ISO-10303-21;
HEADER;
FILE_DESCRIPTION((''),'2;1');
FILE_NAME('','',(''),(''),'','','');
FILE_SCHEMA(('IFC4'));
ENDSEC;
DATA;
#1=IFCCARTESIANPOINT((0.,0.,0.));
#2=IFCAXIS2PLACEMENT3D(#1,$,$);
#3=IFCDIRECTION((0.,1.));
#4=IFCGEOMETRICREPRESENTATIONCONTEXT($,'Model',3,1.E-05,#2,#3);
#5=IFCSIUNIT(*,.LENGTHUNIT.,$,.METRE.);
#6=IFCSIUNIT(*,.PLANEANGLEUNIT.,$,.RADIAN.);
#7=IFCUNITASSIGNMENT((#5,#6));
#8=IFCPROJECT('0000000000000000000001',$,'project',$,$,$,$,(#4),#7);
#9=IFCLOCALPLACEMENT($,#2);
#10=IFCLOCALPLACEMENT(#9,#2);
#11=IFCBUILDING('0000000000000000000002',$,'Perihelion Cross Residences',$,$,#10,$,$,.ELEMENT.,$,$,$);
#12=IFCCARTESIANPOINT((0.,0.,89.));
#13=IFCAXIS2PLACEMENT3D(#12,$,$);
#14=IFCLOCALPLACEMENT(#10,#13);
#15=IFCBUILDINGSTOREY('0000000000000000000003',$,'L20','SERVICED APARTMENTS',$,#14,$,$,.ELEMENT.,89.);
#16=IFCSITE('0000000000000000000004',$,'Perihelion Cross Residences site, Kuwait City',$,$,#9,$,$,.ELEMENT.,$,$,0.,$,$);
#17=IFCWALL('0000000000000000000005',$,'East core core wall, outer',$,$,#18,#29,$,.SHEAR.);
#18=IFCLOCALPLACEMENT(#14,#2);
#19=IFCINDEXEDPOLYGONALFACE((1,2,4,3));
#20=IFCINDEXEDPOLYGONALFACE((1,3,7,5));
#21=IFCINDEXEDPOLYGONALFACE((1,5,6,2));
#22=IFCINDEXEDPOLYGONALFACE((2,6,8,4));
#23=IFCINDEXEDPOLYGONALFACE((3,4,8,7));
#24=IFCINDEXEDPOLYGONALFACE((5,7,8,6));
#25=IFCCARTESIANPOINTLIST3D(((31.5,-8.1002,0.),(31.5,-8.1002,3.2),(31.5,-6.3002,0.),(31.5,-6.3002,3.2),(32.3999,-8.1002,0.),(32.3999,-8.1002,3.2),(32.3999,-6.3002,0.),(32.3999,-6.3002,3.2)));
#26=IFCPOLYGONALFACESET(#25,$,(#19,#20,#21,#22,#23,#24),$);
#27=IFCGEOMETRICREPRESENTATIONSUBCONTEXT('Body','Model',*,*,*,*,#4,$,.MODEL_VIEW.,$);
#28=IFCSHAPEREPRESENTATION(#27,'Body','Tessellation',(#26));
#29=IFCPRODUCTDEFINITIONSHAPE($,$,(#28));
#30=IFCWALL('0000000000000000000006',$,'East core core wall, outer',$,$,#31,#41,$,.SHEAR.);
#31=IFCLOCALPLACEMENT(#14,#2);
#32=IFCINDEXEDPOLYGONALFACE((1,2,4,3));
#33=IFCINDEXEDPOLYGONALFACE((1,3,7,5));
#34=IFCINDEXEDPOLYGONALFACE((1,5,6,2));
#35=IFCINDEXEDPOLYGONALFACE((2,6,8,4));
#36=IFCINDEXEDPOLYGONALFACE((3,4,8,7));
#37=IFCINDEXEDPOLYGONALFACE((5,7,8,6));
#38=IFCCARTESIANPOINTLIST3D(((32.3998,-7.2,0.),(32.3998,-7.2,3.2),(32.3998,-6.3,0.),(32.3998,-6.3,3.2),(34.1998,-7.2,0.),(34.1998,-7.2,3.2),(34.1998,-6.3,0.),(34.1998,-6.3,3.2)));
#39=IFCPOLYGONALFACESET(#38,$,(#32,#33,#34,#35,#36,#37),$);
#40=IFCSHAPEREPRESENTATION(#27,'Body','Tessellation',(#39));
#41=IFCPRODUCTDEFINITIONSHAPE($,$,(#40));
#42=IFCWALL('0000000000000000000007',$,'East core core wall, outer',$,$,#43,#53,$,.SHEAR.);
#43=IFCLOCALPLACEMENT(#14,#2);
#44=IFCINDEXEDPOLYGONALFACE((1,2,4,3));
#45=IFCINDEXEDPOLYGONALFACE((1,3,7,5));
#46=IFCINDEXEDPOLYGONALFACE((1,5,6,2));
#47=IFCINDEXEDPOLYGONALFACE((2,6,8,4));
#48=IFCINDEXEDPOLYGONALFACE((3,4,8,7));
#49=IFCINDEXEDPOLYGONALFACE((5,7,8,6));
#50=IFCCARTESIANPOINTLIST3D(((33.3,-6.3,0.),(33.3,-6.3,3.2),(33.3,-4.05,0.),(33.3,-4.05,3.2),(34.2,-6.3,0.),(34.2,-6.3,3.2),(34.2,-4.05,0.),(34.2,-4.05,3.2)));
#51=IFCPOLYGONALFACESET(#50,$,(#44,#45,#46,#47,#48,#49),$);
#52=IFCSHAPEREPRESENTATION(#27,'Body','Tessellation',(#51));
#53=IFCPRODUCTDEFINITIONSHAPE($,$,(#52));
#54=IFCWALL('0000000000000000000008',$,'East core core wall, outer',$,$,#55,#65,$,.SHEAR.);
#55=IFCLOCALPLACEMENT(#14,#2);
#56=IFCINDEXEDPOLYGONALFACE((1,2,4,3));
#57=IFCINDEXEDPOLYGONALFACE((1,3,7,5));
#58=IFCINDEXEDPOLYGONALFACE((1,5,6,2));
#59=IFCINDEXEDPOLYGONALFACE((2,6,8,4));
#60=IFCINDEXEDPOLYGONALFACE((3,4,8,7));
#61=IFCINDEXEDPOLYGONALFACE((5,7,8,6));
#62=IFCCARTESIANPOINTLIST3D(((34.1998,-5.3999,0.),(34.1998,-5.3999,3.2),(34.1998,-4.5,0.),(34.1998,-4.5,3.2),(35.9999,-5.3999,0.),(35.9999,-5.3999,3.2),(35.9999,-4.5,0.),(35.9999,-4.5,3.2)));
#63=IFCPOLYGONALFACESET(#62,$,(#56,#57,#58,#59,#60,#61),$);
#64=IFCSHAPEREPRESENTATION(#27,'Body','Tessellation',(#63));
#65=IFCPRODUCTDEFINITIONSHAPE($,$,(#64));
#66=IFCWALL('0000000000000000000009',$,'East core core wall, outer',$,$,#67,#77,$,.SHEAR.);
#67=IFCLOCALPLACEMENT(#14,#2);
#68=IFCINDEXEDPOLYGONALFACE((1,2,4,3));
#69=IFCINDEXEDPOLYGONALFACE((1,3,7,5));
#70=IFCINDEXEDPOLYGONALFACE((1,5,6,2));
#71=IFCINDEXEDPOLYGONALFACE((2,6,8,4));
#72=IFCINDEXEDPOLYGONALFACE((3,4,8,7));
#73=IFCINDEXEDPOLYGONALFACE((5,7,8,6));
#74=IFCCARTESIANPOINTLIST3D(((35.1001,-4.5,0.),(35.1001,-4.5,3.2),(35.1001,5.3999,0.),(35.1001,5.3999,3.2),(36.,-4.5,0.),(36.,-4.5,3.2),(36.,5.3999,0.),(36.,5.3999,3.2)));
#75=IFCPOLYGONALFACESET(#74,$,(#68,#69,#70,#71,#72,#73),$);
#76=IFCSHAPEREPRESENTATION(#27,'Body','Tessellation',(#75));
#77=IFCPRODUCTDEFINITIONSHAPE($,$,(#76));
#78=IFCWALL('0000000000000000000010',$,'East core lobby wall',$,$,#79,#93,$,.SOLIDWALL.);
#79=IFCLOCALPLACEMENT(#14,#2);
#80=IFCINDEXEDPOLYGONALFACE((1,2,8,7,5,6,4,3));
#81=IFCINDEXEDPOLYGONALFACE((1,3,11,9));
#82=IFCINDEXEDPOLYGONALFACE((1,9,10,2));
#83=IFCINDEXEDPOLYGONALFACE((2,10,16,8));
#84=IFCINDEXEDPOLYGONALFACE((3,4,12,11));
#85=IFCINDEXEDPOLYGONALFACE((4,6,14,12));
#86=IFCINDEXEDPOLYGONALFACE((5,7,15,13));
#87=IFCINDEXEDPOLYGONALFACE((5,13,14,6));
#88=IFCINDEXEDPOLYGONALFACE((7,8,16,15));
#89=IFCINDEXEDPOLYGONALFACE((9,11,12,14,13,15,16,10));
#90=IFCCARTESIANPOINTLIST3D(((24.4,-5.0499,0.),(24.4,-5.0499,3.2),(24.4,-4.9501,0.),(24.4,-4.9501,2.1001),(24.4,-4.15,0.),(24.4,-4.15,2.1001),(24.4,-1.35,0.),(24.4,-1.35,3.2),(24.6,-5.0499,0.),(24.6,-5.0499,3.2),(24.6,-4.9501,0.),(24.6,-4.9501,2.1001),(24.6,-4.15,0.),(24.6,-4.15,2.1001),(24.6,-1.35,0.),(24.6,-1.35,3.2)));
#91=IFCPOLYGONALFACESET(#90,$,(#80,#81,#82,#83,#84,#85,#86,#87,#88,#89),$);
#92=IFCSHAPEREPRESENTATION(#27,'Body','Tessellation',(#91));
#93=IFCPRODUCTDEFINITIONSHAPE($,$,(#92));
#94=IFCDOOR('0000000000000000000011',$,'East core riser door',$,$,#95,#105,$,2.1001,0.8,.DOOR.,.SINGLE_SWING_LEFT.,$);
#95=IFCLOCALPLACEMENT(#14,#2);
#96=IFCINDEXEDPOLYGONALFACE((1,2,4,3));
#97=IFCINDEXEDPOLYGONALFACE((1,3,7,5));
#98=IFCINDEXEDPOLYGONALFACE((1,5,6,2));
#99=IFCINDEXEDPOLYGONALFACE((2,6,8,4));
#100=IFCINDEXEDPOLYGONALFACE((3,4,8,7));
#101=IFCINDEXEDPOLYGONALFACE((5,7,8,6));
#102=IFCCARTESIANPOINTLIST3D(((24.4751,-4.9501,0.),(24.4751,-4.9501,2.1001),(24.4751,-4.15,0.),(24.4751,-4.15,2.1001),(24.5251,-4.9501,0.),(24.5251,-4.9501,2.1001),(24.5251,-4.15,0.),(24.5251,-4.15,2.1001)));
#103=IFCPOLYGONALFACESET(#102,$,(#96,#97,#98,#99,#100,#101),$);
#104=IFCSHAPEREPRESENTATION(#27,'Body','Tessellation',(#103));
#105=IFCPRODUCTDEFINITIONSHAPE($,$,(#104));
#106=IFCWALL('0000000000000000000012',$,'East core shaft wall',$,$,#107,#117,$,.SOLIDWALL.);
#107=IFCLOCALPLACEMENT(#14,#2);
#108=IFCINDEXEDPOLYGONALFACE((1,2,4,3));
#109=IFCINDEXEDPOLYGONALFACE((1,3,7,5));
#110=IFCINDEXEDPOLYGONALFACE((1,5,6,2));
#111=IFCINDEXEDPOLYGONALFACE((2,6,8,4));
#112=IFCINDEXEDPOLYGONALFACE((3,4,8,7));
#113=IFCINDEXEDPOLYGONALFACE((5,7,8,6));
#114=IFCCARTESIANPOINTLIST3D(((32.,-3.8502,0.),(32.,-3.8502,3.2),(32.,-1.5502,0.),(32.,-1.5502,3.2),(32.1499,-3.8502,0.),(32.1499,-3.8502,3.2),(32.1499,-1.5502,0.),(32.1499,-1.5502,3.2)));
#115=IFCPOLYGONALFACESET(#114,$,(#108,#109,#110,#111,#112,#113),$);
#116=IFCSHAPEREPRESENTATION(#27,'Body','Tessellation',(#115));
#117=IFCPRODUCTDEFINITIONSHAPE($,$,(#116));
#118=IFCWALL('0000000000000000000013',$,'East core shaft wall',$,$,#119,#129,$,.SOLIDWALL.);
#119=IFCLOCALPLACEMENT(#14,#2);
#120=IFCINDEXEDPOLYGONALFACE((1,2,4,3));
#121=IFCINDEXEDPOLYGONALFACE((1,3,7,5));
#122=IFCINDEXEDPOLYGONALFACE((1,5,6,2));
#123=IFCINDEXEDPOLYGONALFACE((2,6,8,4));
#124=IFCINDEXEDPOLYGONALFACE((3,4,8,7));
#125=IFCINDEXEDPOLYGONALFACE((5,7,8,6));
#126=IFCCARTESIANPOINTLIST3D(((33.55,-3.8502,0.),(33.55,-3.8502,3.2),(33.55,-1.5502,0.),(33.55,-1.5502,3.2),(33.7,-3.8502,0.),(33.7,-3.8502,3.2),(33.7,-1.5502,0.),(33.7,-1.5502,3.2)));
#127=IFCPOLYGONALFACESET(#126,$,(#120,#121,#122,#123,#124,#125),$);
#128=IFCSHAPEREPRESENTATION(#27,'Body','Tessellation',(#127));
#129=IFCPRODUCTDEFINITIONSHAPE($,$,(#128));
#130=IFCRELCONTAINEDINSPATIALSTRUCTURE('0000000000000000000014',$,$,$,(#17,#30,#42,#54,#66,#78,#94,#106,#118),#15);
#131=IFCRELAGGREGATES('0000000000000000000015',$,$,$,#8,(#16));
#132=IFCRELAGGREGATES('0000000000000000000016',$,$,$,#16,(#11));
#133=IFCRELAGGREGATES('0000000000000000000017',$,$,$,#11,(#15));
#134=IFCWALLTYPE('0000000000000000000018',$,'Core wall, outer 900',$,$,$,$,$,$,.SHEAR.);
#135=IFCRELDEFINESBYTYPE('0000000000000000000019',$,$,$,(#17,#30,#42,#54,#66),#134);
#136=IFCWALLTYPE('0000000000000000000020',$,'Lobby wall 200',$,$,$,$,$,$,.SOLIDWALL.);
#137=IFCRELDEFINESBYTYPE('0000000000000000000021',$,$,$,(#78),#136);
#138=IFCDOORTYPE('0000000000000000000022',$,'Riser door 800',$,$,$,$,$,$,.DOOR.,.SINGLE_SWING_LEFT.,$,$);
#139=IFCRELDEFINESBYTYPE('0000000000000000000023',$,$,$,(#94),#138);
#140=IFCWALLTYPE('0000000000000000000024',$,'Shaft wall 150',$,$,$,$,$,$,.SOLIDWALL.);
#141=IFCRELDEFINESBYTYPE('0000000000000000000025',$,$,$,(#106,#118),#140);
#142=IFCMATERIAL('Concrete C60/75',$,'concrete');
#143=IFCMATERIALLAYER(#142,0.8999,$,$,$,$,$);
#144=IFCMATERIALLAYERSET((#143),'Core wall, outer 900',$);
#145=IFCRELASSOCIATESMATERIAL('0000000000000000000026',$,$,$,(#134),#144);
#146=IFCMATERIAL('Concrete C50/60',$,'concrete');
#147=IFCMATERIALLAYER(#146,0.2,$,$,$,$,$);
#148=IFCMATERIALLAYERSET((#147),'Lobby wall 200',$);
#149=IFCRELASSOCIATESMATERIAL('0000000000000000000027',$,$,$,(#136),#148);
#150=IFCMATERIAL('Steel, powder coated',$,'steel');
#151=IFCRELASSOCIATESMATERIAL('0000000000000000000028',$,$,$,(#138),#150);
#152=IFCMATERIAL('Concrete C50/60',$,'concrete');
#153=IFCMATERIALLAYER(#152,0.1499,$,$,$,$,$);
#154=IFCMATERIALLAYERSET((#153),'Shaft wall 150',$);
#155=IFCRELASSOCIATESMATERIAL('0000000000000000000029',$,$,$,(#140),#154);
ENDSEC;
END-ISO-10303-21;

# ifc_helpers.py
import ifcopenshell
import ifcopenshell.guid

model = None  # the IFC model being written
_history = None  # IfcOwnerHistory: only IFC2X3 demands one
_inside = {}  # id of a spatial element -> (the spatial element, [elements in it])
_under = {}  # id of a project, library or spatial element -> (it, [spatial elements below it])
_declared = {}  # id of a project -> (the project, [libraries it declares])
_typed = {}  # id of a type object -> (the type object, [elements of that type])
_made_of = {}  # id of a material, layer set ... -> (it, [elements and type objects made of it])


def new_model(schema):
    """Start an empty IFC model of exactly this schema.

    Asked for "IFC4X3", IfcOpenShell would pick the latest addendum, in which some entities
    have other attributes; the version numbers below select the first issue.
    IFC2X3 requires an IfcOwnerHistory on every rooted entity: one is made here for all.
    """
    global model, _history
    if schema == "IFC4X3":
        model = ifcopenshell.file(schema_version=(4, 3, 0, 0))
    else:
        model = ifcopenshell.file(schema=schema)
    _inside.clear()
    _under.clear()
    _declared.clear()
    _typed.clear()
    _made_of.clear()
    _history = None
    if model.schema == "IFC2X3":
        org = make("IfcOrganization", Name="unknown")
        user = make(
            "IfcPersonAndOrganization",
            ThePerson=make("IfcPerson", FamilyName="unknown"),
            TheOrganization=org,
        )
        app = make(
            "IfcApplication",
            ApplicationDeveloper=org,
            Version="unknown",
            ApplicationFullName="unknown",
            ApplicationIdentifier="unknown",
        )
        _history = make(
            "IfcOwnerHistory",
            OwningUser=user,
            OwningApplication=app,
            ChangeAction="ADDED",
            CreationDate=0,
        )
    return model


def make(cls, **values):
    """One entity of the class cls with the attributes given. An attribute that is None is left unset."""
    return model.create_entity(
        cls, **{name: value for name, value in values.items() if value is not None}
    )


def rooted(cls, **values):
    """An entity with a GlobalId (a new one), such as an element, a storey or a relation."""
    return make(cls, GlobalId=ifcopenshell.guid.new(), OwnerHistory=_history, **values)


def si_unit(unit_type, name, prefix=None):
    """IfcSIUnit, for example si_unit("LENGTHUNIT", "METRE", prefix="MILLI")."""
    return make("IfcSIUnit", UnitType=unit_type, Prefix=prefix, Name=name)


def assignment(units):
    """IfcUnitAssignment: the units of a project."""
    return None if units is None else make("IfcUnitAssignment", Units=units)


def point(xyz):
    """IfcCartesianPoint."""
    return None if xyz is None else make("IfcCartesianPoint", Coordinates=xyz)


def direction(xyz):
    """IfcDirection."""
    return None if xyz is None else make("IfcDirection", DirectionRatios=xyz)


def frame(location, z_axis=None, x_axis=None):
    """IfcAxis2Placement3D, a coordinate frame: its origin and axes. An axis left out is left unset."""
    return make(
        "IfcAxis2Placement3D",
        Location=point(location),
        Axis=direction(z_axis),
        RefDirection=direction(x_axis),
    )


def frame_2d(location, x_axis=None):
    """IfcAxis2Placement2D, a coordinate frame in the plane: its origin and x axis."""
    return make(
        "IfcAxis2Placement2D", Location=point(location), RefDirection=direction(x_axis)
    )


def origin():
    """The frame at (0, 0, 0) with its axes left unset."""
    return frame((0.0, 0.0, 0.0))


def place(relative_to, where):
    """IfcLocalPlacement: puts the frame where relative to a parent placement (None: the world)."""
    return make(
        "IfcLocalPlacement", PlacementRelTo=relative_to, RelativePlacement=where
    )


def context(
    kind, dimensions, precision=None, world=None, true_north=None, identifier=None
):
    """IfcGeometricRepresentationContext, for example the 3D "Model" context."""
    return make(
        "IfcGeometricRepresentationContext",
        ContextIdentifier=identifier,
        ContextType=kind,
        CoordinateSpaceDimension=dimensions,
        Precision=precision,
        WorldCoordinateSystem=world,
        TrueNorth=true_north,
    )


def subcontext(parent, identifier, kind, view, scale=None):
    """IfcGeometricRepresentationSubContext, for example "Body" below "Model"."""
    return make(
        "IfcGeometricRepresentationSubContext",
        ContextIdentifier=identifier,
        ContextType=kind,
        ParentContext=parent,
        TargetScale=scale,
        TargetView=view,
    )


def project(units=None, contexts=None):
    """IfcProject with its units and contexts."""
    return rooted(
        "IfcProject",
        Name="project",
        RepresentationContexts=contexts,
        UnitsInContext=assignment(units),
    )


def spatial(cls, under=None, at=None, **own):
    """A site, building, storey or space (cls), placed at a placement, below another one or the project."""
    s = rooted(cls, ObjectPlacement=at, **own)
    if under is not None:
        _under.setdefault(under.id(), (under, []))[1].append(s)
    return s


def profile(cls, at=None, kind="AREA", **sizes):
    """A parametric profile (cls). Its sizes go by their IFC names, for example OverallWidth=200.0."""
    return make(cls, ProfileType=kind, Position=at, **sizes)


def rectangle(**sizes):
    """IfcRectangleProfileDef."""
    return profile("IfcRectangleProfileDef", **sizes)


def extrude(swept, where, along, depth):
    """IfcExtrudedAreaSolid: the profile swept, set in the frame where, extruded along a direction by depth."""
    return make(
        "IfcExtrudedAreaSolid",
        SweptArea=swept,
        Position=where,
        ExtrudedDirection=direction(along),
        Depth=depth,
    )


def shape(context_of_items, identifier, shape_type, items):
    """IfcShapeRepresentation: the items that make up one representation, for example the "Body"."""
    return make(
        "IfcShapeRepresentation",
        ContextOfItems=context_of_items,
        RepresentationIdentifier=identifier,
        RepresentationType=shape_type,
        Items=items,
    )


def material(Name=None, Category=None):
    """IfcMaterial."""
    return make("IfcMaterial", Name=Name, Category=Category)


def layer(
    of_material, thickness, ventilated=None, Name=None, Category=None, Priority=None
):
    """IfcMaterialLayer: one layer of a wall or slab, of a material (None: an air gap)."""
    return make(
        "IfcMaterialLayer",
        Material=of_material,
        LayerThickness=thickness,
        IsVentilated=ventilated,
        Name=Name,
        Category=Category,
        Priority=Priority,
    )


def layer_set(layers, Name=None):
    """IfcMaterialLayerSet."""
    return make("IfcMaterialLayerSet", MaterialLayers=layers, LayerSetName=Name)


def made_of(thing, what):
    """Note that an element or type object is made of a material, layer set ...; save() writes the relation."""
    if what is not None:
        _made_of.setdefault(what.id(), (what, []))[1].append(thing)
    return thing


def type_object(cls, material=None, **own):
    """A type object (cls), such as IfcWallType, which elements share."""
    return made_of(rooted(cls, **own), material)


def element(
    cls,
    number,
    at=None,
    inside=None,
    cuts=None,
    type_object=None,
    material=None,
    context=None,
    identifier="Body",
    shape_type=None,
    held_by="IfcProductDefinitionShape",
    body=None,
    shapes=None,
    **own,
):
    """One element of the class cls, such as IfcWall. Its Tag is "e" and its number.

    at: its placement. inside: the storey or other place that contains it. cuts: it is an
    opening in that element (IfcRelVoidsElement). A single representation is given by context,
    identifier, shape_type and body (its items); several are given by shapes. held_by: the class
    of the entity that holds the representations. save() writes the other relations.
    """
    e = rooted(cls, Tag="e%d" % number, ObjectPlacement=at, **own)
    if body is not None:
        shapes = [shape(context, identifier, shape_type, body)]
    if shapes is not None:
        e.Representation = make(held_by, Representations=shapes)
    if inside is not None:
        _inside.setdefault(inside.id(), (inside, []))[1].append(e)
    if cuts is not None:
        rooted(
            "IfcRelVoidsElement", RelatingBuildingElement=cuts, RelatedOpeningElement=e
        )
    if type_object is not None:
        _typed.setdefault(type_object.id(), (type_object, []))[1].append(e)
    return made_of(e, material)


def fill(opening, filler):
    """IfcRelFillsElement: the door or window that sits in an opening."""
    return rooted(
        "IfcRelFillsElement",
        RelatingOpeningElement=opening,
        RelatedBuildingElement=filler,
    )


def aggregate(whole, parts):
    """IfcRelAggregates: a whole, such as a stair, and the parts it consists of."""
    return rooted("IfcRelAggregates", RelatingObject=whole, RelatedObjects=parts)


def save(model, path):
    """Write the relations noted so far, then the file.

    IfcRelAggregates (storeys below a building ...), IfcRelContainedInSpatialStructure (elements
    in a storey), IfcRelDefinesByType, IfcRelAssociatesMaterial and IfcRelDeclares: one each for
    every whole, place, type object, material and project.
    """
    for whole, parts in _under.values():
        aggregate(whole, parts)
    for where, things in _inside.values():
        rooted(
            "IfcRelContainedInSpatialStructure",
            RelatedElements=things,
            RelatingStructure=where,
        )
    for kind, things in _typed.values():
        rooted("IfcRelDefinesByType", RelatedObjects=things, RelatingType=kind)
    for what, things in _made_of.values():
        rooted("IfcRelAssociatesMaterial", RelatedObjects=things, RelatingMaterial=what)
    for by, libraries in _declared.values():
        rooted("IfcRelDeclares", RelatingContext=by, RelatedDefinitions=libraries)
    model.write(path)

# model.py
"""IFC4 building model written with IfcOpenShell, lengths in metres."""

from ifc_helpers import new_model, si_unit, direction, frame, frame_2d, origin, place, context, subcontext, project, spatial, rectangle, extrude, material, layer, layer_set, type_object, element, fill, save


model = new_model("IFC4")

# Units and contexts
model_context = context("Model", 3, precision=1e-05, world=origin(), true_north=direction((0.0, 1.0)))
body_context = subcontext(model_context, "Body", "Model", "MODEL_VIEW")
ifc_project = project(units=[si_unit("LENGTHUNIT", "METRE"), si_unit("PLANEANGLEUNIT", "RADIAN")], contexts=[model_context])

# Site, building, storey
site_placement = place(None, origin())
site = spatial("IfcSite", under=ifc_project, at=site_placement, Name="Perihelion Cross Residences site, Kuwait City", CompositionType="ELEMENT", RefElevation=0.0)
building_placement = place(site_placement, origin())
building = spatial("IfcBuilding", under=site, at=building_placement, Name="Perihelion Cross Residences", CompositionType="ELEMENT")
storey_placement = place(building_placement, frame((0.0, 0.0, 89.0)))
storey = spatial("IfcBuildingStorey", under=building, at=storey_placement, Name="L20", Description="SERVICED APARTMENTS", CompositionType="ELEMENT", Elevation=89.0)

# Walls
ifc_material_1 = material(Name="Concrete C60/75", Category="concrete")
ifc_layer_1 = layer(ifc_material_1, 0.8999)
ifc_layer_set_1 = layer_set([ifc_layer_1], Name="Core wall, outer 900")
wall_type_1 = type_object("IfcWallType", Name="Core wall, outer 900", PredefinedType="SHEAR", material=ifc_layer_set_1)
for number, where, z_axis, x_axis, name in (
    (1, (31.95, -8.1001, 0.0), (0.0, 0.0, 1.0), (0.0, 1.0, 0.0), "East core core wall, outer"),
    (2, (32.3999, -6.75, 0.0), (0.0, 0.0, 1.0), (1.0, 0.0, 0.0), "East core core wall, outer"),
):
    element("IfcWall", number, at=place(storey_placement, frame(where, z_axis=z_axis, x_axis=x_axis)), inside=storey, type_object=wall_type_1, Name=name, PredefinedType="SHEAR", context=body_context, shape_type="SweptSolid", body=[
        extrude(rectangle(XDim=1.8, YDim=0.8999, at=frame_2d((0.8999, 0.0))), origin(), (0.0, 0.0, 1.0), 3.2),
    ])
wall_1_placement = place(storey_placement, frame((33.75, -6.3, 0.0), z_axis=(0.0, 0.0, 1.0), x_axis=(0.0, 1.0, 0.0)))
element("IfcWall", 3, at=wall_1_placement, inside=storey, type_object=wall_type_1, Name="East core core wall, outer", PredefinedType="SHEAR", context=body_context, shape_type="SweptSolid", body=[
    extrude(rectangle(XDim=2.25, YDim=0.8999, at=frame_2d((1.125, 0.0))), origin(), (0.0, 0.0, 1.0), 3.2),
])
wall_2_placement = place(storey_placement, frame((34.2, -4.95, 0.0), z_axis=(0.0, 0.0, 1.0), x_axis=(1.0, 0.0, 0.0)))
element("IfcWall", 4, at=wall_2_placement, inside=storey, type_object=wall_type_1, Name="East core core wall, outer", PredefinedType="SHEAR", context=body_context, shape_type="SweptSolid", body=[
    extrude(rectangle(XDim=1.8, YDim=0.8999, at=frame_2d((0.8999, 0.0))), origin(), (0.0, 0.0, 1.0), 3.2),
])
wall_3_placement = place(storey_placement, frame((35.55, -4.5, 0.0), z_axis=(0.0, 0.0, 1.0), x_axis=(0.0, 1.0, 0.0)))
element("IfcWall", 5, at=wall_3_placement, inside=storey, type_object=wall_type_1, Name="East core core wall, outer", PredefinedType="SHEAR", context=body_context, shape_type="SweptSolid", body=[
    extrude(rectangle(XDim=9.8999, YDim=0.8999, at=frame_2d((4.95, 0.0))), origin(), (0.0, 0.0, 1.0), 3.2),
])

# Wall, opening, door
ifc_material_2 = material(Name="Concrete C50/60", Category="concrete")
ifc_layer_2 = layer(ifc_material_2, 0.2)
ifc_layer_set_2 = layer_set([ifc_layer_2], Name="Lobby wall 200")
wall_type_2 = type_object("IfcWallType", Name="Lobby wall 200", PredefinedType="SOLIDWALL", material=ifc_layer_set_2)
wall_4_placement = place(storey_placement, frame((24.5, -5.05, 0.0), z_axis=(0.0, 0.0, 1.0), x_axis=(0.0, 1.0, 0.0)))
wall_4 = element("IfcWall", 6, at=wall_4_placement, inside=storey, type_object=wall_type_2, Name="East core lobby wall", PredefinedType="SOLIDWALL", context=body_context, shape_type="SweptSolid", body=[
    extrude(rectangle(XDim=3.7, YDim=0.2, at=frame_2d((1.8501, 0.0))), origin(), (0.0, 0.0, 1.0), 3.2),
])
opening_1_placement = place(wall_4_placement, frame((0.1001, 0.0, 0.0)))
opening_1 = element("IfcOpeningElement", 7, at=opening_1_placement, cuts=wall_4, PredefinedType="OPENING", context=body_context, shape_type="SweptSolid", body=[
    extrude(rectangle(XDim=0.8, YDim=2.1001, at=frame_2d((0.3999, 1.05))), frame((0.0, 0.1099, 0.0), z_axis=(0.0, -1.0, 0.0), x_axis=(1.0, 0.0, 0.0)), (0.0, 0.0, 1.0), 0.22),
])
ifc_material_3 = material(Name="Steel, powder coated", Category="steel")
door_type_1 = type_object("IfcDoorType", Name="Riser door 800", OperationType="SINGLE_SWING_LEFT", PredefinedType="DOOR", material=ifc_material_3)
door_1_placement = place(opening_1_placement, origin())
door_1 = element("IfcDoor", 8, at=door_1_placement, inside=storey, type_object=door_type_1, Name="East core riser door", OperationType="SINGLE_SWING_LEFT", OverallHeight=2.1001, OverallWidth=0.8, PredefinedType="DOOR", context=body_context, shape_type="SweptSolid", body=[
    extrude(rectangle(XDim=0.8, YDim=2.1001, at=frame_2d((0.3999, 1.05))), frame((0.0, 0.0249, 0.0), z_axis=(0.0, -1.0, 0.0), x_axis=(1.0, 0.0, 0.0)), (0.0, 0.0, 1.0), 0.05),
])
fill(opening_1, door_1)

# Walls
ifc_material_4 = material(Name="Concrete C50/60", Category="concrete")
ifc_layer_3 = layer(ifc_material_4, 0.1499)
ifc_layer_set_3 = layer_set([ifc_layer_3], Name="Shaft wall 150")
wall_type_3 = type_object("IfcWallType", Name="Shaft wall 150", PredefinedType="SOLIDWALL", material=ifc_layer_set_3)
for number, where, z_axis, x_axis, name in (
    (9, (32.075, -3.8501, 0.0), (0.0, 0.0, 1.0), (0.0, 1.0, 0.0), "East core shaft wall"),
    (10, (33.625, -3.8501, 0.0), (0.0, 0.0, 1.0), (0.0, 1.0, 0.0), "East core shaft wall"),
):
    element("IfcWall", number, at=place(storey_placement, frame(where, z_axis=z_axis, x_axis=x_axis)), inside=storey, type_object=wall_type_3, Name=name, PredefinedType="SOLIDWALL", context=body_context, shape_type="SweptSolid", body=[
        extrude(rectangle(XDim=2.3, YDim=0.1499, at=frame_2d((1.1499, 0.0))), origin(), (0.0, 0.0, 1.0), 3.2),
    ])

save(model, "model.ifc")
